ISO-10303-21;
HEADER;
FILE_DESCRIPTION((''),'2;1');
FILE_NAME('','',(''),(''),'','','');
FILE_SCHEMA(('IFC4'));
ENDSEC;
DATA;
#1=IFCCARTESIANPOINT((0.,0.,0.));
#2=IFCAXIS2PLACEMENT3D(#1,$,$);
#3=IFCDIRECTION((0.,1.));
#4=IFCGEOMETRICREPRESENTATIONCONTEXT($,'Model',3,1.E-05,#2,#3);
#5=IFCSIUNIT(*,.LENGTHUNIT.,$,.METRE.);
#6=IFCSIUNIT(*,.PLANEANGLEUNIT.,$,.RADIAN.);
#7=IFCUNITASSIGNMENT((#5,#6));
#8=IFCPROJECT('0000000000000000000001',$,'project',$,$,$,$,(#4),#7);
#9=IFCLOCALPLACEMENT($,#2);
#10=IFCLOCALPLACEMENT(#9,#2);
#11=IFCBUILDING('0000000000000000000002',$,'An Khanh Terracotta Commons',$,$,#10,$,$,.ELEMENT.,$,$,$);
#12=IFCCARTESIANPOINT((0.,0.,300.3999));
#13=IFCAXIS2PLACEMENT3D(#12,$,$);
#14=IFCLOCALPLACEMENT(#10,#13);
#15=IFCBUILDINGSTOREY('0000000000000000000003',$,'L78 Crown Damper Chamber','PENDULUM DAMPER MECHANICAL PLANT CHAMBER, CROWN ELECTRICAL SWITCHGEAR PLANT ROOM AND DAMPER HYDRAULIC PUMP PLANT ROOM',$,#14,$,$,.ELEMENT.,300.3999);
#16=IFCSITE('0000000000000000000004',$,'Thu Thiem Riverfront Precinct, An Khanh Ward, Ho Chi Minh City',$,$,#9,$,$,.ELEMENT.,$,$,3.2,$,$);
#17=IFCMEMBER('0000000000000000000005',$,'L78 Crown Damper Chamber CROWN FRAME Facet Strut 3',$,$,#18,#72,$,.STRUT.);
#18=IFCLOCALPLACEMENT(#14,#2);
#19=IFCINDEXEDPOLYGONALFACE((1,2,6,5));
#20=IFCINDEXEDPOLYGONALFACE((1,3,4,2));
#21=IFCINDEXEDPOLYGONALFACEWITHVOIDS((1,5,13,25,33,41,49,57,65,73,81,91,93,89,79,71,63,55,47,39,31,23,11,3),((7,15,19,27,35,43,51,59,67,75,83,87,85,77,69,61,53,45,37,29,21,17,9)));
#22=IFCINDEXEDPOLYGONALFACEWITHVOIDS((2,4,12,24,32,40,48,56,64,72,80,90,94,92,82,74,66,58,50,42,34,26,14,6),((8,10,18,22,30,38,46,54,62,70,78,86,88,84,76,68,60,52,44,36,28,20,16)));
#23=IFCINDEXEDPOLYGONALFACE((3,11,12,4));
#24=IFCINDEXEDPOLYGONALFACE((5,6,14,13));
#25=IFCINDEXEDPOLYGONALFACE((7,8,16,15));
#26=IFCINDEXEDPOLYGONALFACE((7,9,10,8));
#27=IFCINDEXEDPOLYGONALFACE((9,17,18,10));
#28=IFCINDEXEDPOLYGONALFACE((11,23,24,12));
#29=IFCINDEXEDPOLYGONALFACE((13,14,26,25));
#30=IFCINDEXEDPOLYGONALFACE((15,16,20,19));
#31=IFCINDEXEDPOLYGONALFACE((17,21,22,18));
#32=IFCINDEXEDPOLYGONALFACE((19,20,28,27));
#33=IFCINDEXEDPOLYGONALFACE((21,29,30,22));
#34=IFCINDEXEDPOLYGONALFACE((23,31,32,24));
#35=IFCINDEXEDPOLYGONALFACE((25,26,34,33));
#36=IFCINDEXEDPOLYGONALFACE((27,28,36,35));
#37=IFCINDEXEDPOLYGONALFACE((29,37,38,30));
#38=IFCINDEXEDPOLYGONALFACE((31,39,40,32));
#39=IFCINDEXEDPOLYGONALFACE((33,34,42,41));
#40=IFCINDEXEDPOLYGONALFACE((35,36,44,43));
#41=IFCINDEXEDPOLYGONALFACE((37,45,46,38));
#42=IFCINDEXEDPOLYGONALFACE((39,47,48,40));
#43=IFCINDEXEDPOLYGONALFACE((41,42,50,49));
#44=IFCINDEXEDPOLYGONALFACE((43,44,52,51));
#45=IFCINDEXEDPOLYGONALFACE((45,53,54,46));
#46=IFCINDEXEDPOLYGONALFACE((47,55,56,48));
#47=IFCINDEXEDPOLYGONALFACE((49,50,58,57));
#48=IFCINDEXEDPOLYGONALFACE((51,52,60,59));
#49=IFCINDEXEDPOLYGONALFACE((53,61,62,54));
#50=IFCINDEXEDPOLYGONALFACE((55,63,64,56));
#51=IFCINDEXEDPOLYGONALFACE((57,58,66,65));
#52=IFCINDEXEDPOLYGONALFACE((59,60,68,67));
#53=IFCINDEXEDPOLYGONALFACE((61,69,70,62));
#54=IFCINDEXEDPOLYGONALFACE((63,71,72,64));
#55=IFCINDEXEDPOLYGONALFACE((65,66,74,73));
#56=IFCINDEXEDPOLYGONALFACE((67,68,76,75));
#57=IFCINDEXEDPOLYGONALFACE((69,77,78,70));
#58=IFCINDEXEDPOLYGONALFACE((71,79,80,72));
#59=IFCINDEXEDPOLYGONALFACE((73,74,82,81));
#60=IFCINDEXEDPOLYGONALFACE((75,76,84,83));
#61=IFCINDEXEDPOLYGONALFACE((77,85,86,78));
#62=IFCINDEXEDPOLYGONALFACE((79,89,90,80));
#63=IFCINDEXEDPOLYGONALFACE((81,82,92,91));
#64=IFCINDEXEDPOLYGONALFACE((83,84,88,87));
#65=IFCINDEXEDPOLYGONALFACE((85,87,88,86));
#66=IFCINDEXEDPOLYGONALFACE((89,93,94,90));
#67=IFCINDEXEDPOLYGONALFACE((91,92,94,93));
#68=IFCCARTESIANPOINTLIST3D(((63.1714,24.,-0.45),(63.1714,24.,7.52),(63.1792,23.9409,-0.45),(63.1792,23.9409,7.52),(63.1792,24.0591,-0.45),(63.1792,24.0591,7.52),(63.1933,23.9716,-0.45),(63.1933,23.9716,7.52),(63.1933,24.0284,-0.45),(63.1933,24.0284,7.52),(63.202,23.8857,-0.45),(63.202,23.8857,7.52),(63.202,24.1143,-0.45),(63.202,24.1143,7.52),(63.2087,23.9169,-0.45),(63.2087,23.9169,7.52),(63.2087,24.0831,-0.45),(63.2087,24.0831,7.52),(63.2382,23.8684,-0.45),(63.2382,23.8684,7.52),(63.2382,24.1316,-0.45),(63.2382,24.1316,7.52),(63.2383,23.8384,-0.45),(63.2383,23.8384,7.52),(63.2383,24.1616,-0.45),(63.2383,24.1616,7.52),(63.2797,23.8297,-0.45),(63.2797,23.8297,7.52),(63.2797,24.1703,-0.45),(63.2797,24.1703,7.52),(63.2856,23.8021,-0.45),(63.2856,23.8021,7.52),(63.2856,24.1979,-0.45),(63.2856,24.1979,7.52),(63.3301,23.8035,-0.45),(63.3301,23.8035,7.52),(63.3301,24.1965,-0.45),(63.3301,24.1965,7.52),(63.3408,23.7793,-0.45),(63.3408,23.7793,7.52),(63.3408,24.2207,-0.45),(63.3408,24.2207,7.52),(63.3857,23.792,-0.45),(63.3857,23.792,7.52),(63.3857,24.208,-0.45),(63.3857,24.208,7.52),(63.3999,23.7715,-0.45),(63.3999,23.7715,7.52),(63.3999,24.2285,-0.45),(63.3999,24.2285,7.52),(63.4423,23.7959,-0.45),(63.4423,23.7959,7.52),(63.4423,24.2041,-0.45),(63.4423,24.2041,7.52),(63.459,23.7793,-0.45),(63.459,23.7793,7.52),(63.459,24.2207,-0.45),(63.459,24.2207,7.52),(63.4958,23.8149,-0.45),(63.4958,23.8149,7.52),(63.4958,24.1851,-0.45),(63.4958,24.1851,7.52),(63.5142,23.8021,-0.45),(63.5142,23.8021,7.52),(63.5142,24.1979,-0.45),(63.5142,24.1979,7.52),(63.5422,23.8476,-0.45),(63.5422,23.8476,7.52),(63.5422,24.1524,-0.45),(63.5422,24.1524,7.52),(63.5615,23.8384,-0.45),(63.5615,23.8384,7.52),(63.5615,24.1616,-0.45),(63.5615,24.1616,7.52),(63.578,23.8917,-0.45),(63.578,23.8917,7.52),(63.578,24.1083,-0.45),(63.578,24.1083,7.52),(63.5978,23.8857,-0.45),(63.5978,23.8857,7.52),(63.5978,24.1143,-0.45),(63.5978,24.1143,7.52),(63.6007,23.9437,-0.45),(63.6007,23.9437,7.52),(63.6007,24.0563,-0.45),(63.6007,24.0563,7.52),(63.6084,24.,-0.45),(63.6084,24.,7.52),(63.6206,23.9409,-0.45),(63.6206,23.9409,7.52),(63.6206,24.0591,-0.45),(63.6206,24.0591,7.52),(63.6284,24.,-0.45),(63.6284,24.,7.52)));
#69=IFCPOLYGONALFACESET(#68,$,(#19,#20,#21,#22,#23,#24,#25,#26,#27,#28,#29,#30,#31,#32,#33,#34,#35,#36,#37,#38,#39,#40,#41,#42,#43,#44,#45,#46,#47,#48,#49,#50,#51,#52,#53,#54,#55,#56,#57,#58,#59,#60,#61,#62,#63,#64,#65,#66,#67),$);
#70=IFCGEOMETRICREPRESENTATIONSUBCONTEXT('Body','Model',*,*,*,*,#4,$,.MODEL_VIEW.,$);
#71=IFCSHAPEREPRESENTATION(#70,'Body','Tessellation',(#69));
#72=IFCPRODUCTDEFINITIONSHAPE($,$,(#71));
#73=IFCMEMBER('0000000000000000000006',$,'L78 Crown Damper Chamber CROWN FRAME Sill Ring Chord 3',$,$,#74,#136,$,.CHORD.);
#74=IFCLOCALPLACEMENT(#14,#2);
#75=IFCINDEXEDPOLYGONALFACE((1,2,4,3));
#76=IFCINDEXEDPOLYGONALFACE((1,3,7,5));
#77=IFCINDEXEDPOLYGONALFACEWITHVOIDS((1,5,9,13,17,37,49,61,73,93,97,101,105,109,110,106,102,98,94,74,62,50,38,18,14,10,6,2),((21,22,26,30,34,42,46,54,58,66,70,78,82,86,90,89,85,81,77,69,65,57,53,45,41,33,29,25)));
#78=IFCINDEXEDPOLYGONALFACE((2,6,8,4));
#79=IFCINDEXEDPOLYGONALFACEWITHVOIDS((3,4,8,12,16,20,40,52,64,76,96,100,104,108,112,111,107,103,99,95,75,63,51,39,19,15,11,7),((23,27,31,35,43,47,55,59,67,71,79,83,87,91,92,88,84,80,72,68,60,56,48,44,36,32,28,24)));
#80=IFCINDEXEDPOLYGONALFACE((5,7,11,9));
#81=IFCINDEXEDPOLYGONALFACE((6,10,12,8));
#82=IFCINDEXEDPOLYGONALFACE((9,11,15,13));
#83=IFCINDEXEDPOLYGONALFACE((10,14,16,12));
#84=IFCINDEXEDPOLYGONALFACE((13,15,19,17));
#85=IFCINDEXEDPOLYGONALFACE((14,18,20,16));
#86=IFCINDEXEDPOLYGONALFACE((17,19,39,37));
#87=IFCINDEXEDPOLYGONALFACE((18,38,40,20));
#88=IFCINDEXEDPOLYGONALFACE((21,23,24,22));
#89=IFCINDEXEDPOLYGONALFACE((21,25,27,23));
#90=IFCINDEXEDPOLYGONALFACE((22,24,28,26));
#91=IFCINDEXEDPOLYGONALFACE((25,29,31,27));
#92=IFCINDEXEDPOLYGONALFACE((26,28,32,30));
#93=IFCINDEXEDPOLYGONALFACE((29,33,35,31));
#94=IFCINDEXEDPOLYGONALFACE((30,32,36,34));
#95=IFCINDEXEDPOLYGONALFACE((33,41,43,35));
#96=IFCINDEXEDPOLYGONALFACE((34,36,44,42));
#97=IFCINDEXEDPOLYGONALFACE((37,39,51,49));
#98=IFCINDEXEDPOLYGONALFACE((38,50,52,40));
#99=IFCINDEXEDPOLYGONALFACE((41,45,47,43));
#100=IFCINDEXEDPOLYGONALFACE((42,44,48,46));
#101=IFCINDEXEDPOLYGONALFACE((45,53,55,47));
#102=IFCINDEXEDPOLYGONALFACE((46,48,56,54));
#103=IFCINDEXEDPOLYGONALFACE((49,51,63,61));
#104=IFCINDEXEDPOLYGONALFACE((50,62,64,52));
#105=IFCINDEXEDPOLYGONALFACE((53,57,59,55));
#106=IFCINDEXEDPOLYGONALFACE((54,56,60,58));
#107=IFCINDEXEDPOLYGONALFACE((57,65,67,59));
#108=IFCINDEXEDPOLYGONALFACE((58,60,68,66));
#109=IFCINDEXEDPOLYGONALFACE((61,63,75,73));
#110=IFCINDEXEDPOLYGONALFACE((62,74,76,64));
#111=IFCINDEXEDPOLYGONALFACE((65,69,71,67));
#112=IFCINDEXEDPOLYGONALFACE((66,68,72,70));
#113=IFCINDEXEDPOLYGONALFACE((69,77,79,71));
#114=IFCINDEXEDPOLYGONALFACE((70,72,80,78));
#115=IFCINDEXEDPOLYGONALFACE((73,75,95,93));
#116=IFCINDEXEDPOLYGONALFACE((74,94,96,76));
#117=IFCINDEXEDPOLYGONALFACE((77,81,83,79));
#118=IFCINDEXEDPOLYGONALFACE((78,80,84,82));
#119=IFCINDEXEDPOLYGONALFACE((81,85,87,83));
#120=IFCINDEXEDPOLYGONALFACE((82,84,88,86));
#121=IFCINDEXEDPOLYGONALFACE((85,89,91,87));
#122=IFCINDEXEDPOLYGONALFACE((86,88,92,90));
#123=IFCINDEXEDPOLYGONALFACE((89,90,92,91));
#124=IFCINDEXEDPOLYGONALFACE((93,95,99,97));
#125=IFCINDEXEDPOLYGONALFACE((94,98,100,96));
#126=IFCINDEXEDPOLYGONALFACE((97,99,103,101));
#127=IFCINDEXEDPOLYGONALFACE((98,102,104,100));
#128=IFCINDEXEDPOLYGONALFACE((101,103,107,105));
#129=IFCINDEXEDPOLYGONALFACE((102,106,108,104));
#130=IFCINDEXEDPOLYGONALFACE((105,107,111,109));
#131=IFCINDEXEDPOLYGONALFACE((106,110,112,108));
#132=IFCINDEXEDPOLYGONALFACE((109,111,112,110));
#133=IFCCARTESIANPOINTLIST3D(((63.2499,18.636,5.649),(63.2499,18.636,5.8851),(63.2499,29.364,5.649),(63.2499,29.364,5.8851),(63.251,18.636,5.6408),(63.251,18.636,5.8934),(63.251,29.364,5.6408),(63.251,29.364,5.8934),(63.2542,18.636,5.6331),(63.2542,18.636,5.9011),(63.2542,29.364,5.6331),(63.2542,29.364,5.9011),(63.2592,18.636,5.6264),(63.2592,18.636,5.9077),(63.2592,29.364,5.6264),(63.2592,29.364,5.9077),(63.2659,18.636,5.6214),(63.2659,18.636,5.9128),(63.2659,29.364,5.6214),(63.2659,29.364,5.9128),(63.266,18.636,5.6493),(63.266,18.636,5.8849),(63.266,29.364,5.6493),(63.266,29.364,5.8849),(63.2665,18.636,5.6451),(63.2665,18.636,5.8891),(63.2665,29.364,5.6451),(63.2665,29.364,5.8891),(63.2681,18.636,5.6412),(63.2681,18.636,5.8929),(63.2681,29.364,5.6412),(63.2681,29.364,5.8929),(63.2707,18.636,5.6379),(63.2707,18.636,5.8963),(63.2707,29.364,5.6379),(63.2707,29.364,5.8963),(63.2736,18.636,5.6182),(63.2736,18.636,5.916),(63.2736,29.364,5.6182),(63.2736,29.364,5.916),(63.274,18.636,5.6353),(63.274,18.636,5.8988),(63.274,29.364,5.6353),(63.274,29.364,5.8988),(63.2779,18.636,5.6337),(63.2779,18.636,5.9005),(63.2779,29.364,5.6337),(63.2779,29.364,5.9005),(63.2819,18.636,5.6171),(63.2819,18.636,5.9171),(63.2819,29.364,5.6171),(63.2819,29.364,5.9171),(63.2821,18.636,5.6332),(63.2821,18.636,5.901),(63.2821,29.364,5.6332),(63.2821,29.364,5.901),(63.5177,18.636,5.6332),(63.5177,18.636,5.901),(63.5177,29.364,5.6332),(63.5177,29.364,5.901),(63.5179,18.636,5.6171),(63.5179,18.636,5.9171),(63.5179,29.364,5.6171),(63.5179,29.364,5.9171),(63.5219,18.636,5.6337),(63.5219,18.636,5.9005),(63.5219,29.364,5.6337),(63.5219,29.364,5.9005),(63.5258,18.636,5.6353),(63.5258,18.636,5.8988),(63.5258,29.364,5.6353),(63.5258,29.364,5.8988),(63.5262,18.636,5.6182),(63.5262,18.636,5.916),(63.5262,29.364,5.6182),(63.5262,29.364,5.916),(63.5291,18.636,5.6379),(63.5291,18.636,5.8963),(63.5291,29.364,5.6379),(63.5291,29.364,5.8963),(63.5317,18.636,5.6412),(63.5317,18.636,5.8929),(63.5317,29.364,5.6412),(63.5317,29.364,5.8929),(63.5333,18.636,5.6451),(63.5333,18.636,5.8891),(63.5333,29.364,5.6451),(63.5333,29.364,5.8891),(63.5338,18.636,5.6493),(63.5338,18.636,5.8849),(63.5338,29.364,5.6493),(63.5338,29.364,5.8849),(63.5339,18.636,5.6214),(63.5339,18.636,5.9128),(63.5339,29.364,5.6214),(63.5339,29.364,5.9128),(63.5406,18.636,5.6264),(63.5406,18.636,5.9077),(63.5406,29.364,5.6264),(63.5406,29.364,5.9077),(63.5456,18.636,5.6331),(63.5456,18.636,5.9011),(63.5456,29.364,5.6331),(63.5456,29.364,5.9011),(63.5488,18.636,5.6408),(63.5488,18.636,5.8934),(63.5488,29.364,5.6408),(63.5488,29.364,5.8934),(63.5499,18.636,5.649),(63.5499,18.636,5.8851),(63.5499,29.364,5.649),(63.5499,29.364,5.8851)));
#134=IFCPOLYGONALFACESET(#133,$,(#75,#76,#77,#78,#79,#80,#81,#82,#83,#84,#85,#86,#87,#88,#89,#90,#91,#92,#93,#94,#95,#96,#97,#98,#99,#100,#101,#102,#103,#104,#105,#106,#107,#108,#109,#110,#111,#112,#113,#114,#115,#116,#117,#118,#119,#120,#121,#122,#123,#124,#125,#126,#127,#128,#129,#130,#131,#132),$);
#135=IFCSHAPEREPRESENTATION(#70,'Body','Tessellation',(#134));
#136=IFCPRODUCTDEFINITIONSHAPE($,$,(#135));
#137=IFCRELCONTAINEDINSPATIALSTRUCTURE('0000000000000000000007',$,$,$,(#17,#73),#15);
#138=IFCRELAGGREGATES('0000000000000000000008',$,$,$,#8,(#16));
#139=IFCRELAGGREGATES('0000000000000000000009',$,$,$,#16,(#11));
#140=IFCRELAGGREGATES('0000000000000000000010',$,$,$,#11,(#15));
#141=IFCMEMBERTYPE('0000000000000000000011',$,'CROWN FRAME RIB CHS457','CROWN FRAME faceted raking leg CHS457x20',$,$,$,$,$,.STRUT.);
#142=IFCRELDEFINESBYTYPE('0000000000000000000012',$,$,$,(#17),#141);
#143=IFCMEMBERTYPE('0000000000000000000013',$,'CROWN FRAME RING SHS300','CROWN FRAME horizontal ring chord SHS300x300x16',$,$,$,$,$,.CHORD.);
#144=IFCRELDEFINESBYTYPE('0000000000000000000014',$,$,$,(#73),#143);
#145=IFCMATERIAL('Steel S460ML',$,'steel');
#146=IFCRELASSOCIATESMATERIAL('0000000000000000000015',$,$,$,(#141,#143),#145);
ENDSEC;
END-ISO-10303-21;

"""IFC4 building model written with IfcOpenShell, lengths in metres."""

from ifc_helpers import new_model, si_unit, direction, frame, origin, origin_2d, place, context, subcontext, project, spatial, hollow_rectangle, hollow_circle, extrude, material, material_profile, profile_set, type_object, element, save


model = new_model("IFC4")

# Units and contexts
model_context = context("Model", 3, precision=1e-05, world=origin(), true_north=direction((0.0, 1.0)))
body_context = subcontext(model_context, "Body", "Model", "MODEL_VIEW")
ifc_project = project(units=[si_unit("LENGTHUNIT", "METRE"), si_unit("PLANEANGLEUNIT", "RADIAN")], contexts=[model_context])

# Site, building, storey
site_placement = place(None, origin())
site = spatial("IfcSite", under=ifc_project, at=site_placement, Name="Thu Thiem Riverfront Precinct, An Khanh Ward, Ho Chi Minh City", CompositionType="ELEMENT", RefElevation=3.2)
building_placement = place(site_placement, origin())
building = spatial("IfcBuilding", under=site, at=building_placement, Name="An Khanh Terracotta Commons", CompositionType="ELEMENT")
storey_placement = place(building_placement, frame((0.0, 0.0, 300.3999)))
storey = spatial("IfcBuildingStorey", under=building, at=storey_placement, Name="L78 Crown Damper Chamber", Description="PENDULUM DAMPER MECHANICAL PLANT CHAMBER, CROWN ELECTRICAL SWITCHGEAR PLANT ROOM AND DAMPER HYDRAULIC PUMP PLANT ROOM", CompositionType="ELEMENT", Elevation=300.3999)

# Members
ifc_material_1 = material(Name="Steel S460ML", Category="steel")
ifc_material_profile_1 = material_profile(ifc_material_1, hollow_circle(Radius=0.2285, WallThickness=0.02, at=origin_2d()), Name="CHS457x20")
ifc_profile_set_1 = profile_set([ifc_material_profile_1], Name="Steel S460ML")
member_type_1 = type_object("IfcMemberType", Name="CROWN FRAME RIB CHS457", Description="CROWN FRAME faceted raking leg CHS457x20", PredefinedType="STRUT", material=ifc_profile_set_1)
member_1_placement = place(storey_placement, frame((63.3999, 24.0, -0.45), z_axis=(0.0, 0.0, 1.0), x_axis=(1.0, 0.0, 0.0)))
element("IfcMember", 1, at=member_1_placement, inside=storey, type_object=member_type_1, Name="L78 Crown Damper Chamber CROWN FRAME Facet Strut 3", PredefinedType="STRUT", context=body_context, shape_type="SweptSolid", body=[
    extrude(hollow_circle(Radius=0.2285, WallThickness=0.02, at=origin_2d()), origin(), (0.0, 0.0, 1.0), 7.97),
])
ifc_material_profile_2 = material_profile(ifc_material_1, hollow_rectangle(XDim=0.3, YDim=0.3, WallThickness=0.0161, InnerFilletRadius=0.0161, OuterFilletRadius=0.032, at=origin_2d()), Name="SHS300x300x16")
ifc_profile_set_2 = profile_set([ifc_material_profile_2], Name="Steel S460ML")
member_type_2 = type_object("IfcMemberType", Name="CROWN FRAME RING SHS300", Description="CROWN FRAME horizontal ring chord SHS300x300x16", PredefinedType="CHORD", material=ifc_profile_set_2)
member_2_placement = place(storey_placement, frame((63.3999, 18.636, 5.7671), z_axis=(0.0, 1.0, 0.0), x_axis=(-1.0, 0.0, 0.0)))
element("IfcMember", 2, at=member_2_placement, inside=storey, type_object=member_type_2, Name="L78 Crown Damper Chamber CROWN FRAME Sill Ring Chord 3", PredefinedType="CHORD", context=body_context, shape_type="SweptSolid", body=[
    extrude(hollow_rectangle(XDim=0.3, YDim=0.3, WallThickness=0.0161, InnerFilletRadius=0.0161, OuterFilletRadius=0.032, at=origin_2d()), origin(), (0.0, 0.0, 1.0), 10.728),
])

save(model, "model.ifc")
